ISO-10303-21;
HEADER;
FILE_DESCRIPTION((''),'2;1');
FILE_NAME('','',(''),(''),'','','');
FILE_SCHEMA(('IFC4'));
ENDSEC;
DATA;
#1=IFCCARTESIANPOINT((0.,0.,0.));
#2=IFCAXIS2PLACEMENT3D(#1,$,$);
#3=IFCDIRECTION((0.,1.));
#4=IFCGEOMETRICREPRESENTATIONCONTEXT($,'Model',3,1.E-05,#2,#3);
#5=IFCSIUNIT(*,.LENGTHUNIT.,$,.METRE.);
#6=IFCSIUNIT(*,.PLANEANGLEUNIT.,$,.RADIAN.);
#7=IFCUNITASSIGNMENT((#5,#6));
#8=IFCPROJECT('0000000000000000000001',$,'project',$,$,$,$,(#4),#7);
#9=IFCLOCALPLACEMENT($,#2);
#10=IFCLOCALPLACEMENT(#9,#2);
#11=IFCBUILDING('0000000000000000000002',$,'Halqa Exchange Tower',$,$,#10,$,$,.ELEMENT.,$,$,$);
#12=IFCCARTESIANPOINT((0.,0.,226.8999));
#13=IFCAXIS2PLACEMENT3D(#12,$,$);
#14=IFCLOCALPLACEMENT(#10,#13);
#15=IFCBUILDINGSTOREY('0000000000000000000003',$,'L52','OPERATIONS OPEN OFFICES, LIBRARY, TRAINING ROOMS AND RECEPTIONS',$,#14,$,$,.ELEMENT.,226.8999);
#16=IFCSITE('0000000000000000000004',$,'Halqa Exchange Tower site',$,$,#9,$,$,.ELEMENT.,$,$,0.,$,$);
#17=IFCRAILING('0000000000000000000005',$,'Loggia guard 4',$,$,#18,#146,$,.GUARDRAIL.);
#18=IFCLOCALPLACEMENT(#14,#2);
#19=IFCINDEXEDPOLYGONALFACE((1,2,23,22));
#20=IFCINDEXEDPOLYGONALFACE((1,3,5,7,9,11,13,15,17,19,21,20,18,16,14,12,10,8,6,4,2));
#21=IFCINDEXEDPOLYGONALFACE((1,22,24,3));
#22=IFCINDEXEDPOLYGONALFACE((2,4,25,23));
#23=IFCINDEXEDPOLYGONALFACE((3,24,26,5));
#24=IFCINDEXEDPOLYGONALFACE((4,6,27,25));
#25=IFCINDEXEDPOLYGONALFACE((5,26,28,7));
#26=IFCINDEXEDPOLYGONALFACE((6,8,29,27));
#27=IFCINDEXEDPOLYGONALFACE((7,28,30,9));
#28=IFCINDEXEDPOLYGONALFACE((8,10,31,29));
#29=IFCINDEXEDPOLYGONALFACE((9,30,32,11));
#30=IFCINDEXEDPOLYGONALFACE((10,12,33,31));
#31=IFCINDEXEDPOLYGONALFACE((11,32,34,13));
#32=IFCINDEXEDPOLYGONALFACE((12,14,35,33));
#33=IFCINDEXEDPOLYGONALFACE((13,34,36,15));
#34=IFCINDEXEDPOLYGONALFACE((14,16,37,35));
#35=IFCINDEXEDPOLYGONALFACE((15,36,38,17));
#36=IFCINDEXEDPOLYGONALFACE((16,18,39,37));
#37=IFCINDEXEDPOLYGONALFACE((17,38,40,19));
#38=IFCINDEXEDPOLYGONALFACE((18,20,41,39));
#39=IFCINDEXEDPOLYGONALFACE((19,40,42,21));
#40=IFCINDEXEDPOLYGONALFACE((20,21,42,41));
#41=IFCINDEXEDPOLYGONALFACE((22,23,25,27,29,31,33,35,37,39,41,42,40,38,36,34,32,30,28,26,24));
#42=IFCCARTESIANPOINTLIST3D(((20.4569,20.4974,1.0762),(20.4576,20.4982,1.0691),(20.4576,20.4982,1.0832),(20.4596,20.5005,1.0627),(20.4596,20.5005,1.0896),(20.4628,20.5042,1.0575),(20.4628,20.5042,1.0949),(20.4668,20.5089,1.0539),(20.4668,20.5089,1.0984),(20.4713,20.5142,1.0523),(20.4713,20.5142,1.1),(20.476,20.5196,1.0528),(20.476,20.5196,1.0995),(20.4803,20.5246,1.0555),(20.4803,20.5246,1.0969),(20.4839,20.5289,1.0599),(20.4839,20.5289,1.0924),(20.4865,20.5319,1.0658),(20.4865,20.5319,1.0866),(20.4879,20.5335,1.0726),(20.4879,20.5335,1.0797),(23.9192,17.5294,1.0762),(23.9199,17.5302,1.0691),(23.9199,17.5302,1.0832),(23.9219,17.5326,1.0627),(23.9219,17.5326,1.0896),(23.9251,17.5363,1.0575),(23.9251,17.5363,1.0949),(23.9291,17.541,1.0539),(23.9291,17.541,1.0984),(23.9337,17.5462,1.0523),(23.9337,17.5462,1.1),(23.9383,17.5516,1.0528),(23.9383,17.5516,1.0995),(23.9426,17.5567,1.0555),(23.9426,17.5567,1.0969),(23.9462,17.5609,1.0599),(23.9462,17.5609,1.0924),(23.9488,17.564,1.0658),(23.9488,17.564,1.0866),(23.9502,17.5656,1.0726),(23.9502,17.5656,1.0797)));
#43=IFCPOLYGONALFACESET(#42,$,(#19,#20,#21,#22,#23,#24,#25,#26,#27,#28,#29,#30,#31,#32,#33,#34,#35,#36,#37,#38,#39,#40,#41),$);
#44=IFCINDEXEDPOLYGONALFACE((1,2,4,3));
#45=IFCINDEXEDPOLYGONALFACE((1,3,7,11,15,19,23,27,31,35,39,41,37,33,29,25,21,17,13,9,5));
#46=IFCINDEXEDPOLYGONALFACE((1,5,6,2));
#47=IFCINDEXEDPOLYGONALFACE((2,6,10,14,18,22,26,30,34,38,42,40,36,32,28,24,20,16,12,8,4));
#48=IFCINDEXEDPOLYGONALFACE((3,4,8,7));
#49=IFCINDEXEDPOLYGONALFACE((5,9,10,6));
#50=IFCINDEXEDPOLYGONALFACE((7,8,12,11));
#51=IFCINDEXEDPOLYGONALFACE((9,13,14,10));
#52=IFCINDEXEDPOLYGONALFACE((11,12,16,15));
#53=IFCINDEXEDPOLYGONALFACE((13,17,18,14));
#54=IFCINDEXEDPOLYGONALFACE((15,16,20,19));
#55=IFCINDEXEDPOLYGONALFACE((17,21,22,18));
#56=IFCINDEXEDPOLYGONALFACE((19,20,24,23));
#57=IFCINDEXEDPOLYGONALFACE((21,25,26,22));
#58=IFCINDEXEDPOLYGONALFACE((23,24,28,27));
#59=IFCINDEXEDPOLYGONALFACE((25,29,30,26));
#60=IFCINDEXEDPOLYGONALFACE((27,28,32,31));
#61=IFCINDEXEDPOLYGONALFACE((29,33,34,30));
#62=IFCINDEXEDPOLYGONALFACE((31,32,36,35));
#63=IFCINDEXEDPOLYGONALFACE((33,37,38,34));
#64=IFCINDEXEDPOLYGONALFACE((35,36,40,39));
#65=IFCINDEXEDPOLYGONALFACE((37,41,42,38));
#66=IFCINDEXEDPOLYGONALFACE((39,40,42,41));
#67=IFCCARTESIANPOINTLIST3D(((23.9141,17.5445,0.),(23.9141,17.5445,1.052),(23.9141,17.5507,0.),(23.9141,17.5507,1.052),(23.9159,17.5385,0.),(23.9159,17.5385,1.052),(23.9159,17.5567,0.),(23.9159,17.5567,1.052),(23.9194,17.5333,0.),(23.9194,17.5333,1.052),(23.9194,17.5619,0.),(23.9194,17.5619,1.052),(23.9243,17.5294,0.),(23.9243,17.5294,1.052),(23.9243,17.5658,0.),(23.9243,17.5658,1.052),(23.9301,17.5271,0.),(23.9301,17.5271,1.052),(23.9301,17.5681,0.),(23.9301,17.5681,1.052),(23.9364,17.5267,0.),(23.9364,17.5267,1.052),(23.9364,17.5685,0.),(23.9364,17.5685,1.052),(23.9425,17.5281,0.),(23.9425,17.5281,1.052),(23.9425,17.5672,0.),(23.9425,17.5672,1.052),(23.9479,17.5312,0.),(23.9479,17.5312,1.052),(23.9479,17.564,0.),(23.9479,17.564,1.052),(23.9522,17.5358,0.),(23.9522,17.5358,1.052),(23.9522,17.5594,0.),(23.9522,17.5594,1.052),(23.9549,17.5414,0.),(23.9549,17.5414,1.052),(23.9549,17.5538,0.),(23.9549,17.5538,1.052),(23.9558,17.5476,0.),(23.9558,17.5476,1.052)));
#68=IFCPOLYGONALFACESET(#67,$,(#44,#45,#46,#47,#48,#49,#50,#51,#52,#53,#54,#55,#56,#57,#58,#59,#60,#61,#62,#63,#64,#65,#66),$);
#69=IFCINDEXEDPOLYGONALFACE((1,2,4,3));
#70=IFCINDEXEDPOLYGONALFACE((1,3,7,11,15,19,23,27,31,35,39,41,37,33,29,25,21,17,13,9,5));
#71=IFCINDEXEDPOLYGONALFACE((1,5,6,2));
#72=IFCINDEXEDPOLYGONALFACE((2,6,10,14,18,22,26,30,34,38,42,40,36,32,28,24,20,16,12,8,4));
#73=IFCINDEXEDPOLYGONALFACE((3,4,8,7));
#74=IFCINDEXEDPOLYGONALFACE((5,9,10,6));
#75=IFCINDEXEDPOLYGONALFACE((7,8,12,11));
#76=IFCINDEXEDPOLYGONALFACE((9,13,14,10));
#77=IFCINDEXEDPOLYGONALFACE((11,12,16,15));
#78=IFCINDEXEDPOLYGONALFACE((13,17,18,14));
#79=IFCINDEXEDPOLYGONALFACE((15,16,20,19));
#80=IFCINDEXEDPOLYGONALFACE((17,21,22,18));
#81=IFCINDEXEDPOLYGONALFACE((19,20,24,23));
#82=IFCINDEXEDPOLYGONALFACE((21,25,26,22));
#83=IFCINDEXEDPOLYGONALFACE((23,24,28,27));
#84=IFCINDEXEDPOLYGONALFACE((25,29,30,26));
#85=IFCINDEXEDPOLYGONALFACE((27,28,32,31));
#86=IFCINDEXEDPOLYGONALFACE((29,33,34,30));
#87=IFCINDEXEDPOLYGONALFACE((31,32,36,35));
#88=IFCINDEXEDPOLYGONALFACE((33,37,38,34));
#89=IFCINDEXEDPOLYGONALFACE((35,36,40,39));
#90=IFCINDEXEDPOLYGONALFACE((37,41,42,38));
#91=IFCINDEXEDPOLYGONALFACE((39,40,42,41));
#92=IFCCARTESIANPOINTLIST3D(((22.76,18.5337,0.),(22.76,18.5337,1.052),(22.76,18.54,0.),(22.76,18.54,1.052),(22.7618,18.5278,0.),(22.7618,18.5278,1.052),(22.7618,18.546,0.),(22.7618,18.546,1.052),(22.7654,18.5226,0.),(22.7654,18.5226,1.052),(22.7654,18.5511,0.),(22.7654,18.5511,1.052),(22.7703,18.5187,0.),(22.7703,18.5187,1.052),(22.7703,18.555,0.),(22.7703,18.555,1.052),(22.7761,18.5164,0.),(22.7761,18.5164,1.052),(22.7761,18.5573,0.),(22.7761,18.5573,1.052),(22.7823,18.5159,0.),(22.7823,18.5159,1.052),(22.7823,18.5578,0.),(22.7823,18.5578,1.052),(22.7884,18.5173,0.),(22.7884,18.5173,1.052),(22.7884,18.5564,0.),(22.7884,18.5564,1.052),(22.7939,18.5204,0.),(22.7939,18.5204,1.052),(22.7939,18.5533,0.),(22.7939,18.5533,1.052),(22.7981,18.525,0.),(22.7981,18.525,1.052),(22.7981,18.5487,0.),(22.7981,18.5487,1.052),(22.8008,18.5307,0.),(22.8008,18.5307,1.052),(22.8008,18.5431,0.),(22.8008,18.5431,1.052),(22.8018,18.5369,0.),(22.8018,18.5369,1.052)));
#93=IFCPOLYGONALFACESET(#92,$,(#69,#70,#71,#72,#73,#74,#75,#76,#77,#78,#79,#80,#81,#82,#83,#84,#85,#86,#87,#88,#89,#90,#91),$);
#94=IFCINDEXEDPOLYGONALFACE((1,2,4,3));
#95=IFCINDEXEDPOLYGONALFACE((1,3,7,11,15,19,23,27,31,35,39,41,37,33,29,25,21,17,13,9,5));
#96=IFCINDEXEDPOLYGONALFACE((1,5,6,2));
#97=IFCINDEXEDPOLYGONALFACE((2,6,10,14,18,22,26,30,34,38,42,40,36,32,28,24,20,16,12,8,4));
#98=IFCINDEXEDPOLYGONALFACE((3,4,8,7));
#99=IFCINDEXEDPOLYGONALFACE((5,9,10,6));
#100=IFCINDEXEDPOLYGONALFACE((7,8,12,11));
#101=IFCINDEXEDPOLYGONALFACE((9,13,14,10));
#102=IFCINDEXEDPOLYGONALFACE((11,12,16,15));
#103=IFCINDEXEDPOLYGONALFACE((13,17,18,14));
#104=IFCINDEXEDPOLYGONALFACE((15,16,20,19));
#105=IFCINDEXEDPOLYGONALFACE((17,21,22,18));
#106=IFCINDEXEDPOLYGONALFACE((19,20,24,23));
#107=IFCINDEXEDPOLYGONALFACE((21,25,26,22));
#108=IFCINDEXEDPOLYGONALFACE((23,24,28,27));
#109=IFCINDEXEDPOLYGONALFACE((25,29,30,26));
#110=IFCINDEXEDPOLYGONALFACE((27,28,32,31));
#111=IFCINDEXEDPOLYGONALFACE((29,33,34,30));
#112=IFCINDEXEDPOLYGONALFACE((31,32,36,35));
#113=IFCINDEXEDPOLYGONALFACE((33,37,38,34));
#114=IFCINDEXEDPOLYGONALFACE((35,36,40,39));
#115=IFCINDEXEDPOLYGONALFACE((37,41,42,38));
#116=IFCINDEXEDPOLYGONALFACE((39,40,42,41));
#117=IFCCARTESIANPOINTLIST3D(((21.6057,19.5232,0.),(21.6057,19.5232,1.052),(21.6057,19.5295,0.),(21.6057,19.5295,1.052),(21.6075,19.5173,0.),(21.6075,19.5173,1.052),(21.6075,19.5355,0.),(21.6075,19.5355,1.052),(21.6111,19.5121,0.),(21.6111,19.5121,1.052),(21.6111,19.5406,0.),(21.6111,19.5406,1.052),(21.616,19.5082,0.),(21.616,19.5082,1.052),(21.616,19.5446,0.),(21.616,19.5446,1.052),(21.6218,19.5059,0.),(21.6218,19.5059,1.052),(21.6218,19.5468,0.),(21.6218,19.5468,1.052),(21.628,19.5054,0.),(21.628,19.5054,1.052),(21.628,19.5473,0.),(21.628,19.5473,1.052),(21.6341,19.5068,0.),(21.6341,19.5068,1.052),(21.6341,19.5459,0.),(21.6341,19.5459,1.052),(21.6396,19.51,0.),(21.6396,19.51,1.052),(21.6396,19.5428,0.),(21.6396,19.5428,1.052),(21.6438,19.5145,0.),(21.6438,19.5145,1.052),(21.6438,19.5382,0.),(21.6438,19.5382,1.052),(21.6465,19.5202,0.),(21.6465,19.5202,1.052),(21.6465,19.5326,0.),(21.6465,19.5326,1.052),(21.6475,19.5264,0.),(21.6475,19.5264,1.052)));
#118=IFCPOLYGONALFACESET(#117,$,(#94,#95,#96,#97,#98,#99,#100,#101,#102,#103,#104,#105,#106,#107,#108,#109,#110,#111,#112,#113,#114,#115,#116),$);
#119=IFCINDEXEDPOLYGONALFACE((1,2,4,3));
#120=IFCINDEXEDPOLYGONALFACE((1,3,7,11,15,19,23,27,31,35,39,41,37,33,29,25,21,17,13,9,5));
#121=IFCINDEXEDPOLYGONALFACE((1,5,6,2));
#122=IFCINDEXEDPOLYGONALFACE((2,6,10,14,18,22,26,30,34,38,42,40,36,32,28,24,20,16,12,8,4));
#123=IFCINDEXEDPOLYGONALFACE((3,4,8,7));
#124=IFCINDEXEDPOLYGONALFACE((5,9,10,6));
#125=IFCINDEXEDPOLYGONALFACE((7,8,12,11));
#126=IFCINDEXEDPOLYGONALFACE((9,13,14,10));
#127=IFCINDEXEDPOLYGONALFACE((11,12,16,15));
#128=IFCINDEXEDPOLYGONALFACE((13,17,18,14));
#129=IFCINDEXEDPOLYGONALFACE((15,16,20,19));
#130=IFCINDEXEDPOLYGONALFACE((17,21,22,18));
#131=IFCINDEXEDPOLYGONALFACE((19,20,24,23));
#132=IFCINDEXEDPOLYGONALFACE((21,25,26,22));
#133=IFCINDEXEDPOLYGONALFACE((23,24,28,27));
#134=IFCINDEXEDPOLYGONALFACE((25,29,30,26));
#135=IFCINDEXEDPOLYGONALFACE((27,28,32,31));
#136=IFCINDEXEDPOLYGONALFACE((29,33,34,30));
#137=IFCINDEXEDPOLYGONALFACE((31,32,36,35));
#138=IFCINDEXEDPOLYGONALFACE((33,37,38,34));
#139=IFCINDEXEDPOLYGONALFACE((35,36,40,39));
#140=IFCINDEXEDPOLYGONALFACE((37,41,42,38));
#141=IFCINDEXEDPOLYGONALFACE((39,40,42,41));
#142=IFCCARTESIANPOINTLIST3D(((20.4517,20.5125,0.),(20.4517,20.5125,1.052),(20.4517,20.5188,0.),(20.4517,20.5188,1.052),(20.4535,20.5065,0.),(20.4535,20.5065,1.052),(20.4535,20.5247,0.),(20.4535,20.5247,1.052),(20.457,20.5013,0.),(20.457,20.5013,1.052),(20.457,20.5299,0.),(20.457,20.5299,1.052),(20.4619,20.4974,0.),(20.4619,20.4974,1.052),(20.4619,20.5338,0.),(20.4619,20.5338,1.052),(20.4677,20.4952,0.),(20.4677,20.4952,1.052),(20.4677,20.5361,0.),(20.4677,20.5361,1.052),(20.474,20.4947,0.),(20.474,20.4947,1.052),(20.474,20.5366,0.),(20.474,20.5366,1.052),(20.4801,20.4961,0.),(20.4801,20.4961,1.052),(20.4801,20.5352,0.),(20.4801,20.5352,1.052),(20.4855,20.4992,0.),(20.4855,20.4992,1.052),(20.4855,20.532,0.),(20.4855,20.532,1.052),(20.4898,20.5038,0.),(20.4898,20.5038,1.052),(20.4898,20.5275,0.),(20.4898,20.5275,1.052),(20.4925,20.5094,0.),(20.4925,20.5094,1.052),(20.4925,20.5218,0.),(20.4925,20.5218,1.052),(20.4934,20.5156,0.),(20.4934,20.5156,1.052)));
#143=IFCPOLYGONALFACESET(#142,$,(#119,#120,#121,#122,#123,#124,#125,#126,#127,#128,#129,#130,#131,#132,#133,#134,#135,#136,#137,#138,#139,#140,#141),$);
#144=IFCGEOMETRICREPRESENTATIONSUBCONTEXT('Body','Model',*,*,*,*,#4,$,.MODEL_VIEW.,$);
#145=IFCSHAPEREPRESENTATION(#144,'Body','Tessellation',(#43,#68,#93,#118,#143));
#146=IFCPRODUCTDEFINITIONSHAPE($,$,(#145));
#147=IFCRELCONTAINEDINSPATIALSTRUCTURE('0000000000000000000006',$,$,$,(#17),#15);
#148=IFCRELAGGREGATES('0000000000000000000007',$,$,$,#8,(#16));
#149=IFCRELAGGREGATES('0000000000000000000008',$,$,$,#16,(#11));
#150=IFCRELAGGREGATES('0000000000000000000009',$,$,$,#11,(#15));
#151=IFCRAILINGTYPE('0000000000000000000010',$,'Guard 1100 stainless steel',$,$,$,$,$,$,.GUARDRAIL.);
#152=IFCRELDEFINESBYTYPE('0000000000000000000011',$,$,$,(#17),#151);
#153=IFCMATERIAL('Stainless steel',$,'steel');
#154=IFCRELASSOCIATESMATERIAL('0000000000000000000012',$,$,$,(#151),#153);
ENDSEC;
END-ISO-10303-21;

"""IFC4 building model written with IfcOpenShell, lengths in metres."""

from ifc_helpers import new_model, si_unit, direction, frame, origin, origin_2d, place, context, subcontext, project, spatial, circle, extrude, material, type_object, element, save


model = new_model("IFC4")

# Units and contexts
model_context = context("Model", 3, precision=1e-05, world=origin(), true_north=direction((0.0, 1.0)))
body_context = subcontext(model_context, "Body", "Model", "MODEL_VIEW")
ifc_project = project(units=[si_unit("LENGTHUNIT", "METRE"), si_unit("PLANEANGLEUNIT", "RADIAN")], contexts=[model_context])

# Site, building, storey
site_placement = place(None, origin())
site = spatial("IfcSite", under=ifc_project, at=site_placement, Name="Halqa Exchange Tower site", CompositionType="ELEMENT", RefElevation=0.0)
building_placement = place(site_placement, origin())
building = spatial("IfcBuilding", under=site, at=building_placement, Name="Halqa Exchange Tower", CompositionType="ELEMENT")
storey_placement = place(building_placement, frame((0.0, 0.0, 226.8999)))
storey = spatial("IfcBuildingStorey", under=building, at=storey_placement, Name="L52", Description="OPERATIONS OPEN OFFICES, LIBRARY, TRAINING ROOMS AND RECEPTIONS", CompositionType="ELEMENT", Elevation=226.8999)

# Railing
ifc_material_1 = material(Name="Stainless steel", Category="steel")
railing_type = type_object("IfcRailingType", Name="Guard 1100 stainless steel", PredefinedType="GUARDRAIL", material=ifc_material_1)
railing_1_placement = place(storey_placement, frame((23.9348, 17.5476, 0.0)))
element("IfcRailing", 1, at=railing_1_placement, inside=storey, type_object=railing_type, Name="Loggia guard 4", PredefinedType="GUARDRAIL", context=body_context, shape_type="SweptSolid", body=[
    extrude(circle(Radius=0.0239, at=origin_2d()), frame((0.0, 0.0, 1.0762), z_axis=(-0.75923, 0.650822, 0.0), x_axis=(-0.650822, -0.75923, 0.0)), (0.0, 0.0, 1.0), 4.5603),
    extrude(circle(Radius=0.021, at=origin_2d()), origin(), (0.0, 0.0, 1.0), 1.052),
    extrude(circle(Radius=0.021, at=origin_2d()), frame((-1.1541, 0.9893, 0.0)), (0.0, 0.0, 1.0), 1.052),
    extrude(circle(Radius=0.021, at=origin_2d()), frame((-2.3083, 1.9788, 0.0)), (0.0, 0.0, 1.0), 1.052),
    extrude(circle(Radius=0.021, at=origin_2d()), frame((-3.4624, 2.968, 0.0)), (0.0, 0.0, 1.0), 1.052),
])

save(model, "model.ifc")
